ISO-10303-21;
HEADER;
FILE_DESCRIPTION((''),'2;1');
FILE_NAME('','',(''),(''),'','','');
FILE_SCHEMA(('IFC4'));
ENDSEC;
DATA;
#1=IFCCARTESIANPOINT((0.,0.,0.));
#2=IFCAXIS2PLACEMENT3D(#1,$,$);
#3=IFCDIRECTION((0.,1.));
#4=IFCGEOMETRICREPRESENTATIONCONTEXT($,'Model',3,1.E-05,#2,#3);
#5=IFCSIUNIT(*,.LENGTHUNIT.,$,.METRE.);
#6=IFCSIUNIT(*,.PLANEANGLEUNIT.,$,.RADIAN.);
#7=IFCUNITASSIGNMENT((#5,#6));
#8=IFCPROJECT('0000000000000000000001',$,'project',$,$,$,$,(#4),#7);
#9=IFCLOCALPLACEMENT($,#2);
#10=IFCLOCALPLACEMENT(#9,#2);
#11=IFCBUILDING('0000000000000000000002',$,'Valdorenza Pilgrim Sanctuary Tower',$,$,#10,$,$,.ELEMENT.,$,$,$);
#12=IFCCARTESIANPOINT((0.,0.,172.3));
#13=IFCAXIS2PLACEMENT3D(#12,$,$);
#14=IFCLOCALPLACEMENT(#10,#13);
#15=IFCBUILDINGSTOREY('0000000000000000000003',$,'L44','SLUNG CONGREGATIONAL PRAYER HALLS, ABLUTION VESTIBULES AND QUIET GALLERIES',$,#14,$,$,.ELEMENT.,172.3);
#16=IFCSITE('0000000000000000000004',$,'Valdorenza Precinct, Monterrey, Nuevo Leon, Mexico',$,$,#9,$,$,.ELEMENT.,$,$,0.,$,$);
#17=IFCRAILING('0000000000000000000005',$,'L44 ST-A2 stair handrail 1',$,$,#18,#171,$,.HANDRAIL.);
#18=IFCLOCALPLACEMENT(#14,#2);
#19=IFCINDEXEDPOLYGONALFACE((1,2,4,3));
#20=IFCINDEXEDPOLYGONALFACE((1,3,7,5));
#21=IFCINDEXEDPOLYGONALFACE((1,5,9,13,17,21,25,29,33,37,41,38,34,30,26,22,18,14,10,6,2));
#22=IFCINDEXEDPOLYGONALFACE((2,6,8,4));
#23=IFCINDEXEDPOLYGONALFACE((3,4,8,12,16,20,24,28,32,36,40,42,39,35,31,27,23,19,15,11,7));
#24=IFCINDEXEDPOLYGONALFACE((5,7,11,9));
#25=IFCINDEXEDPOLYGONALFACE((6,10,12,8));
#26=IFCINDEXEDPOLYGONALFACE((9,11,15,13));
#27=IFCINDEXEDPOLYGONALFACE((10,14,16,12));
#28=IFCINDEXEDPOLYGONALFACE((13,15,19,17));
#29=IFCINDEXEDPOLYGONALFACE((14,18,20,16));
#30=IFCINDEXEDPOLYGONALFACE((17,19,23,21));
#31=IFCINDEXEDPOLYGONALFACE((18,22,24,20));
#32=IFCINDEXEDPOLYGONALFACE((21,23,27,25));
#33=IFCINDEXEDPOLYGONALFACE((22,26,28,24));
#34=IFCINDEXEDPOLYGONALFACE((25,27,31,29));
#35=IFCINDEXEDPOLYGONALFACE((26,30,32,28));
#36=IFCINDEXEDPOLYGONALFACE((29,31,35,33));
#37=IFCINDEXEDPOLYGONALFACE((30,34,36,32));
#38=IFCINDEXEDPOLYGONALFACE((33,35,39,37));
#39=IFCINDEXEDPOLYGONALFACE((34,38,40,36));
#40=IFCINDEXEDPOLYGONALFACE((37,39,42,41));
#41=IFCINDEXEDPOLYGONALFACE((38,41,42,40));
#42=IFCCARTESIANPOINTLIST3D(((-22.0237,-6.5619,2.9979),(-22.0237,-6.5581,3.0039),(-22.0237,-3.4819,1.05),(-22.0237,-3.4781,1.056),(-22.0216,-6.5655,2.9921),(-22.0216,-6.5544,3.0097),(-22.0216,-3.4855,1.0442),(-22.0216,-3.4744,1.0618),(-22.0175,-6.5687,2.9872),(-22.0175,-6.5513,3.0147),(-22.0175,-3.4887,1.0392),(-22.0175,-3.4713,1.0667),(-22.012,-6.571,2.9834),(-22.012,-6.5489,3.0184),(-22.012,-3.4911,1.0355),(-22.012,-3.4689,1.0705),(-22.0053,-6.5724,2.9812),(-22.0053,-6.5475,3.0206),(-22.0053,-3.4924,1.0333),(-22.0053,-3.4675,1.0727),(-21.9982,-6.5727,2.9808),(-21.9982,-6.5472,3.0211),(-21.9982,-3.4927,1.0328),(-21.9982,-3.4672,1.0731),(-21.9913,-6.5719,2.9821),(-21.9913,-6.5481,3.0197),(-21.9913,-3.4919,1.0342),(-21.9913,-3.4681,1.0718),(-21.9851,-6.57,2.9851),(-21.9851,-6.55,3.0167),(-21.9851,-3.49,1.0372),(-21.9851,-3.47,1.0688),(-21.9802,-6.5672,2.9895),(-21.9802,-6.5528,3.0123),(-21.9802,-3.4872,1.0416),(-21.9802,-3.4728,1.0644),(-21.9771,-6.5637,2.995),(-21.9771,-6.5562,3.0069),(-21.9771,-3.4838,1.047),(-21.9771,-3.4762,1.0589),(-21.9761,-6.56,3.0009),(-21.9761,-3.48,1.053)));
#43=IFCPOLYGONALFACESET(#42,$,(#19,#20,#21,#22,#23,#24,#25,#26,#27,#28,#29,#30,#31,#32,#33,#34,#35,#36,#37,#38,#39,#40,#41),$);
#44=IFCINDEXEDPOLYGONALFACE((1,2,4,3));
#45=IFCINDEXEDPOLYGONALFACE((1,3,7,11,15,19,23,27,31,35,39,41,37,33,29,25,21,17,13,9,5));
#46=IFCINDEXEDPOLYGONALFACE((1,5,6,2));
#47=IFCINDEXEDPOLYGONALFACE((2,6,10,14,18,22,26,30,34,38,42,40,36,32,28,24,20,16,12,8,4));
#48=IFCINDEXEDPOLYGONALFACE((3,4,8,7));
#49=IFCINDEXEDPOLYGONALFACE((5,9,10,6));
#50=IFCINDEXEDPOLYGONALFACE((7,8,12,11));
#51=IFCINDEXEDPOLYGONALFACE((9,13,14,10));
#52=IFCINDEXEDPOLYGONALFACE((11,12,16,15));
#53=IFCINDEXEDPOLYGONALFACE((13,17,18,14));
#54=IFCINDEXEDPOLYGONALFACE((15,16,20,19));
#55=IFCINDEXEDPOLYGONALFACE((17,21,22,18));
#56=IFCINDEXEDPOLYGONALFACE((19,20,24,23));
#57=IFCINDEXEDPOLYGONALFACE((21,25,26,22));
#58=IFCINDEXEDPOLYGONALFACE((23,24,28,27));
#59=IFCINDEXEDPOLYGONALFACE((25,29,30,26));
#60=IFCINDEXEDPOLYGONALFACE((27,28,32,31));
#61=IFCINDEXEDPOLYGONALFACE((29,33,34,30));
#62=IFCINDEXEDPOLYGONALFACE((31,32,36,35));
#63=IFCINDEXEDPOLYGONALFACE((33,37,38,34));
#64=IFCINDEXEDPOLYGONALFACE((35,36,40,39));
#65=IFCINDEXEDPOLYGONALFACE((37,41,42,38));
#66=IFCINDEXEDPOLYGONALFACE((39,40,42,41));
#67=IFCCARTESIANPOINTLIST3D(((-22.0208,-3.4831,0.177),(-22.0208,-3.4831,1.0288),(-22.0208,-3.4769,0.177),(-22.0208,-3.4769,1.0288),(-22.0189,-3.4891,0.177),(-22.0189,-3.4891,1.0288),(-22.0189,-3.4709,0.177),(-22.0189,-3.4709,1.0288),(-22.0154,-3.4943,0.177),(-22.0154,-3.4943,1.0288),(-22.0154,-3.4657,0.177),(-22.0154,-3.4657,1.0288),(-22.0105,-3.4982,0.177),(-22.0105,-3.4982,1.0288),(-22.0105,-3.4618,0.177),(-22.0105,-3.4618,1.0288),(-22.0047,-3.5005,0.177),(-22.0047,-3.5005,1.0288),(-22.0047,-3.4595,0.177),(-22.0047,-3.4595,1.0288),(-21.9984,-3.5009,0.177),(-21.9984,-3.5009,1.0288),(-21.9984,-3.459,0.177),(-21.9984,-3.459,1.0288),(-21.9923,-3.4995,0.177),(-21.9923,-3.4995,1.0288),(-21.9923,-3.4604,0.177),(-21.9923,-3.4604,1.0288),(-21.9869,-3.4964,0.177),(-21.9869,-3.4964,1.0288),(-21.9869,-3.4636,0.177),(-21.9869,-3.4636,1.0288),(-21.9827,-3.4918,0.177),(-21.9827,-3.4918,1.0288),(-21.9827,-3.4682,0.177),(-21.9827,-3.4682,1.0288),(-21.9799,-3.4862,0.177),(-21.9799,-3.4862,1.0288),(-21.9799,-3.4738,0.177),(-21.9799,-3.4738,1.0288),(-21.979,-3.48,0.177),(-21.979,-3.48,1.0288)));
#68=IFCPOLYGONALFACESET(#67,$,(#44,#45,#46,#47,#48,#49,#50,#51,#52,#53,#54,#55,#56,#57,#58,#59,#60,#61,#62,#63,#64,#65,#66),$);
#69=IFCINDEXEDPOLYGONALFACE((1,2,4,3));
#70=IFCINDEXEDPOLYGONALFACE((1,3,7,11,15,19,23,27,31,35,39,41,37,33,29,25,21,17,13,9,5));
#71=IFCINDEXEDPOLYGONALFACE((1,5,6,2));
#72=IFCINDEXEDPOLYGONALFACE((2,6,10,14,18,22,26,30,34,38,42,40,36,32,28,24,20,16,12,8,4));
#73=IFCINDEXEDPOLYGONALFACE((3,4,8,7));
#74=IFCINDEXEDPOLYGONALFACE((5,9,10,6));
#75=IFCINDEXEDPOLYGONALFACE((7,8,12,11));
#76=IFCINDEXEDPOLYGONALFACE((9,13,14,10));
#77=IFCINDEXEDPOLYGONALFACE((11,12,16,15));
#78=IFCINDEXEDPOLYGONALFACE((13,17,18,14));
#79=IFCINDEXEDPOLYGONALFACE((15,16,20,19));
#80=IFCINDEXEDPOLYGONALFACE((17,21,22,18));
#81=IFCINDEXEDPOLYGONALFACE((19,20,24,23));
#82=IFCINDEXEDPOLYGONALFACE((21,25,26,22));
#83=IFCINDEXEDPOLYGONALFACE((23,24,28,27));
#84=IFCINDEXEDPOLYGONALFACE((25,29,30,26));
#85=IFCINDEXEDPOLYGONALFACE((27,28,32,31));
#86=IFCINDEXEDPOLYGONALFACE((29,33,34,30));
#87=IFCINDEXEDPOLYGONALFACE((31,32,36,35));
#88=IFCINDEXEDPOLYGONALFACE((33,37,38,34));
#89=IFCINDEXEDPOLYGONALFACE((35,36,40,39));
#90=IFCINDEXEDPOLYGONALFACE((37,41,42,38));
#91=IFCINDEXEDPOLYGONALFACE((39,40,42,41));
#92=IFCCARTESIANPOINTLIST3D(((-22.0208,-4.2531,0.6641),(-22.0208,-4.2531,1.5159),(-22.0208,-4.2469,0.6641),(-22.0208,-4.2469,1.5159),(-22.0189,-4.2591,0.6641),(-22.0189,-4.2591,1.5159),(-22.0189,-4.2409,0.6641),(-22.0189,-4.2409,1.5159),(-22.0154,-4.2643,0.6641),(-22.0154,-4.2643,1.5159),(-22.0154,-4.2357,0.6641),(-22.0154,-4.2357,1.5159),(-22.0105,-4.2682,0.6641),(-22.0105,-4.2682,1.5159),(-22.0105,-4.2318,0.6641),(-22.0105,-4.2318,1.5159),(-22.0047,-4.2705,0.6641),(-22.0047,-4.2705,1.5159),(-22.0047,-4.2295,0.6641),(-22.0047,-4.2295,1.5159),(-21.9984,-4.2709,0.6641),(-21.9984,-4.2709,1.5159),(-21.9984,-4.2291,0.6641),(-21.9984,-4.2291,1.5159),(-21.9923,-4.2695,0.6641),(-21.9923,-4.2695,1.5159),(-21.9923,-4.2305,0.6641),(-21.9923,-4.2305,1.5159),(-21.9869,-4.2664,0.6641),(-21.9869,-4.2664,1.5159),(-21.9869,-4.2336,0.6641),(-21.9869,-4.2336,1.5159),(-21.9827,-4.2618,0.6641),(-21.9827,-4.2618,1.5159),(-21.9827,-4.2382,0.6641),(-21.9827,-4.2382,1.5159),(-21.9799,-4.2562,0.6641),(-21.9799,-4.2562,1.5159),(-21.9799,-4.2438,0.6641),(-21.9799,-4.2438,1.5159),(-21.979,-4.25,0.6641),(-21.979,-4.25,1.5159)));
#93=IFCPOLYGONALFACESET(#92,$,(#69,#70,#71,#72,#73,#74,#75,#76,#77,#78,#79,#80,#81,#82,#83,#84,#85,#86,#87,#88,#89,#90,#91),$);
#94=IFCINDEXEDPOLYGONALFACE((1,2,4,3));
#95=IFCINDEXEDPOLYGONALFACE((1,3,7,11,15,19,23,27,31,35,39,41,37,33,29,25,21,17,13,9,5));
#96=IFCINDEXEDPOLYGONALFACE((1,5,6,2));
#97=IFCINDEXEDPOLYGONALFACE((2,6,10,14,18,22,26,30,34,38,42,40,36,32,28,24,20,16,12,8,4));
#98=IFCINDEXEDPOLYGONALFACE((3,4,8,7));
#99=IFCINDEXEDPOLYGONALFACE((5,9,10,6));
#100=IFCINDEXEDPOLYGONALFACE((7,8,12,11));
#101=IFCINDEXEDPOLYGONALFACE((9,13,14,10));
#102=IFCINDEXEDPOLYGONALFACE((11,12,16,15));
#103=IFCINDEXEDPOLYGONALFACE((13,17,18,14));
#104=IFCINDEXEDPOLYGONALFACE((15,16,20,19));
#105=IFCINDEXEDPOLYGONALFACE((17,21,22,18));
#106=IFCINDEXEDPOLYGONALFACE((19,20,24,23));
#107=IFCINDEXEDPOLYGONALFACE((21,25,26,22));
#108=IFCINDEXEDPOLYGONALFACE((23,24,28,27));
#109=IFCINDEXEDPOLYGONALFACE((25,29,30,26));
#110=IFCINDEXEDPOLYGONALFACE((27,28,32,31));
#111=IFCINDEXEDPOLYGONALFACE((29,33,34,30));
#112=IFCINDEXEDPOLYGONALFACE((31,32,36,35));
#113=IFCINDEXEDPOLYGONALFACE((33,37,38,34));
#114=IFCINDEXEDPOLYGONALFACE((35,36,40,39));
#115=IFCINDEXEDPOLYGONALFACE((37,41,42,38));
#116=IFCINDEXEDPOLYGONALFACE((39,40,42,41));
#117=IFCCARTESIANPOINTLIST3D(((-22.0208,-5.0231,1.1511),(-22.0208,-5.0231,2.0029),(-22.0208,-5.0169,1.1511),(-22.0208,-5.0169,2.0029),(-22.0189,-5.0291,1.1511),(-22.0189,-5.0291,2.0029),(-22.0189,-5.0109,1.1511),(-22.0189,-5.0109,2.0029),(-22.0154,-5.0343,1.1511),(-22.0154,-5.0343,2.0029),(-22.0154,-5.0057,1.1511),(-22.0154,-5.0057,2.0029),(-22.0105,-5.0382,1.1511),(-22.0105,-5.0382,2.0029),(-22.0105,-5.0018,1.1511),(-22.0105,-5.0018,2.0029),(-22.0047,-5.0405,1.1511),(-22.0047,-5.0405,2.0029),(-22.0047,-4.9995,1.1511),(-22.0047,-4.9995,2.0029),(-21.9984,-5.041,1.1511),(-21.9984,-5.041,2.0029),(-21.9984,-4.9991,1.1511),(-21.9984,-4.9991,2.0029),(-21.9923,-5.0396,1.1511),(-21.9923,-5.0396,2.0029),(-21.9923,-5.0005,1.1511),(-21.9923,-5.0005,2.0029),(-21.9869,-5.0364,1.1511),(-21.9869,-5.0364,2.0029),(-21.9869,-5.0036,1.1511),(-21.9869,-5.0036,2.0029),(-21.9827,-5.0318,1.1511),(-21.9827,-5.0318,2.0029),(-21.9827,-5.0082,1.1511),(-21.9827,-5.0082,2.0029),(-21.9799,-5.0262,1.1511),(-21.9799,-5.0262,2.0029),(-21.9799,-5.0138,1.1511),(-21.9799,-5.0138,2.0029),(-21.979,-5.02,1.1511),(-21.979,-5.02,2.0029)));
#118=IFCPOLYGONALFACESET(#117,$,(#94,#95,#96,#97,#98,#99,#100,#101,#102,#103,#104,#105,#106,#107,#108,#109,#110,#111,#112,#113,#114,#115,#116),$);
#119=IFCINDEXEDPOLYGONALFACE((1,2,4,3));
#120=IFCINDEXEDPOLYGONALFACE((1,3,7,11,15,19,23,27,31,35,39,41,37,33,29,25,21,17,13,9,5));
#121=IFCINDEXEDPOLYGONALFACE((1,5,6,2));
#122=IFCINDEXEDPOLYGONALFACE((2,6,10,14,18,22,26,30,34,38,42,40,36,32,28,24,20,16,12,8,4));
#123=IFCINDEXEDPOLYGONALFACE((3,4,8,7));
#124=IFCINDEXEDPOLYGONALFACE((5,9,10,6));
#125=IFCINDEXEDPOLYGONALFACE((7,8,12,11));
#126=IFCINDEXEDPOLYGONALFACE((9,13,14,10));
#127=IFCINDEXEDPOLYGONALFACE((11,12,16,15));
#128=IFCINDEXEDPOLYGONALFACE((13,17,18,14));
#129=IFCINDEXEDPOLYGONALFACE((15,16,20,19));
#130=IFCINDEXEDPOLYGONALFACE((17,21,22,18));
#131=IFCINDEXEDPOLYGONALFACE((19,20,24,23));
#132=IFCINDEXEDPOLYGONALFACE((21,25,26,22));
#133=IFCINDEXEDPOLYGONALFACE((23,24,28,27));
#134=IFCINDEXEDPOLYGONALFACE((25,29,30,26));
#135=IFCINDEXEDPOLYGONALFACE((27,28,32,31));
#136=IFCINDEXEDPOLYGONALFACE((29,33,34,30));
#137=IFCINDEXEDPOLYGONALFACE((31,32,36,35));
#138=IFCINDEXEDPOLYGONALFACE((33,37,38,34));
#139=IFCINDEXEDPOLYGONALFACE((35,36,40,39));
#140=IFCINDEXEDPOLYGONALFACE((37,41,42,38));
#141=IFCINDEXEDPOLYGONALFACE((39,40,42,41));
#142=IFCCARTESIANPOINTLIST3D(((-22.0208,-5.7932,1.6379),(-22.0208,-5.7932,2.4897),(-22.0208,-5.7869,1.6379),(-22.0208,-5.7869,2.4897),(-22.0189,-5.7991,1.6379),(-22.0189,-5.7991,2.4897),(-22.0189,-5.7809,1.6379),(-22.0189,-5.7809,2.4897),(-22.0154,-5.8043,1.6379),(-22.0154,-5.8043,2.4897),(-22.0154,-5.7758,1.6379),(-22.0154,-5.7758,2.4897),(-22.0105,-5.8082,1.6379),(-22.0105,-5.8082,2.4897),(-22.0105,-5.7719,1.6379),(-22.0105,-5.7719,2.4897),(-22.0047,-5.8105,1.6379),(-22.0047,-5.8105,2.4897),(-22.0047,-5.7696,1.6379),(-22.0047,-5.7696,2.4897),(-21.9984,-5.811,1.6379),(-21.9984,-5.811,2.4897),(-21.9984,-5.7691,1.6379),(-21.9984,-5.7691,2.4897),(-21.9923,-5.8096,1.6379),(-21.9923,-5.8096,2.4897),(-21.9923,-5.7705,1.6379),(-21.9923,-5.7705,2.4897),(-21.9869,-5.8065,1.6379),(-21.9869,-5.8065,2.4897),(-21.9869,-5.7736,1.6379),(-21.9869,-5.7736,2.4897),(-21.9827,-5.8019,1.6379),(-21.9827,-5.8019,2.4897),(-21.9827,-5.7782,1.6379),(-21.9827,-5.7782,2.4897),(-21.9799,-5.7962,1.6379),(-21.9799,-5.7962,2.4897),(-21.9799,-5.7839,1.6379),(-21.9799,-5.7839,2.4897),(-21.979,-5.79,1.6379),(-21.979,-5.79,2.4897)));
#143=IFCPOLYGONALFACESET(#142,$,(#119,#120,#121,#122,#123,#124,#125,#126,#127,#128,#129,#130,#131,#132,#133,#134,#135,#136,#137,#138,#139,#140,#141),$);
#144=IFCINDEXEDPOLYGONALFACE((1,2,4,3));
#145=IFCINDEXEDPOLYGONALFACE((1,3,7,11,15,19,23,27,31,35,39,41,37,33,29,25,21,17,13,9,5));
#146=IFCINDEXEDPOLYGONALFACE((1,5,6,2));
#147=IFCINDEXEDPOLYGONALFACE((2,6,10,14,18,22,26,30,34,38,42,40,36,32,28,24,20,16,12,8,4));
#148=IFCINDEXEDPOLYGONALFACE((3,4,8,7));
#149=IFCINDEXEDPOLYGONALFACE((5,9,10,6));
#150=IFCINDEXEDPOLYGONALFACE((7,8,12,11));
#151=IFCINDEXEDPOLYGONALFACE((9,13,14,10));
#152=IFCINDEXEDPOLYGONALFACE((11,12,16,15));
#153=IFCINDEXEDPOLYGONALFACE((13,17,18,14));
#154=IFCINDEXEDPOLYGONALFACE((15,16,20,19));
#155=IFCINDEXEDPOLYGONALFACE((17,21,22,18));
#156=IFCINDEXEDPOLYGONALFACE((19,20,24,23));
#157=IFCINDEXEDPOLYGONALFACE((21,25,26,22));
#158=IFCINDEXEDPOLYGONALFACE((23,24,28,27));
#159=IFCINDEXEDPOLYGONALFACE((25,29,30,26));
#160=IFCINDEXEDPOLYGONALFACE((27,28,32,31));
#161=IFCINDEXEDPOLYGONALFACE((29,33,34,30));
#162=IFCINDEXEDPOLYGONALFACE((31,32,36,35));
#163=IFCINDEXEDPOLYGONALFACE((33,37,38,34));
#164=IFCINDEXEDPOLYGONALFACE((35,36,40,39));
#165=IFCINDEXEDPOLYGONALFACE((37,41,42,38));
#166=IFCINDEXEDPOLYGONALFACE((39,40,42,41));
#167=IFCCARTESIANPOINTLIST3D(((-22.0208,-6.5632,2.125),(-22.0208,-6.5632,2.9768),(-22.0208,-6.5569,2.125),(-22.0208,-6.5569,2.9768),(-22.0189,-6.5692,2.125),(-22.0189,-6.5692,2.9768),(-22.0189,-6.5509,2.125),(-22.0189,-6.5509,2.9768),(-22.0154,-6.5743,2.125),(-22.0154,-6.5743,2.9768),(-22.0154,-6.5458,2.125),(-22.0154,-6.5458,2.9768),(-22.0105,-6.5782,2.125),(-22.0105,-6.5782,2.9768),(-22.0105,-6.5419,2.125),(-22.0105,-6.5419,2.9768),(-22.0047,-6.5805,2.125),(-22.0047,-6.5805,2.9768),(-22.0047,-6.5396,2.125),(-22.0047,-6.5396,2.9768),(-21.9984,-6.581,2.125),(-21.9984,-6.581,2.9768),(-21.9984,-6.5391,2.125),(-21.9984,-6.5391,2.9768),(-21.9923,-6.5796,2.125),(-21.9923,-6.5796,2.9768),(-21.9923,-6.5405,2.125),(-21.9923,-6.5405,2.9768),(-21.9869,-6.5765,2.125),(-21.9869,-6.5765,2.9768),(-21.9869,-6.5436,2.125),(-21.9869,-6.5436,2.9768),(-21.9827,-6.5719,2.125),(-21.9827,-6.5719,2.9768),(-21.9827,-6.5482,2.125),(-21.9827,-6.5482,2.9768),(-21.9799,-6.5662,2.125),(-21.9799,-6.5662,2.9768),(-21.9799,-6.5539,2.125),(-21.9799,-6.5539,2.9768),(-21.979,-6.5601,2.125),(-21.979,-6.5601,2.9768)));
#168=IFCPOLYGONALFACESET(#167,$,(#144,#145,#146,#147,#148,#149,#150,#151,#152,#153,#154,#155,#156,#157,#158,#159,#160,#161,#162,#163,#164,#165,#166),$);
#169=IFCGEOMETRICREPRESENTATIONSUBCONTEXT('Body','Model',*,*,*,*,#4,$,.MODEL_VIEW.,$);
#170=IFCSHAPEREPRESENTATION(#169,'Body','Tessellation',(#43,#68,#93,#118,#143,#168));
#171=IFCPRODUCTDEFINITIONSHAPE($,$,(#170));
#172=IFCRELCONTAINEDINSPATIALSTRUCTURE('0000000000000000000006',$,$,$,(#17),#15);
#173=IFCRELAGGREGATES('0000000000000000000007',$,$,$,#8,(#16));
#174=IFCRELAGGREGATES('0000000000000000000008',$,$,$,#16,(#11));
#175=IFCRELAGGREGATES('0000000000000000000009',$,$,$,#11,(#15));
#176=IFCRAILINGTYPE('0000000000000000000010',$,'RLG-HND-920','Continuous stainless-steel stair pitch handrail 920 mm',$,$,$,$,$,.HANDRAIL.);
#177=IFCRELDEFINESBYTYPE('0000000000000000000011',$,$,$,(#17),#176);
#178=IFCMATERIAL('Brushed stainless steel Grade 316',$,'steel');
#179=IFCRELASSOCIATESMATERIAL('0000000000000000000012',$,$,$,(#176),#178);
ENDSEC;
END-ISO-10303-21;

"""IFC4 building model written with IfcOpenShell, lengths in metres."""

from ifc_helpers import new_model, si_unit, direction, frame, origin, origin_2d, place, context, subcontext, project, spatial, circle, extrude, material, type_object, element, save


model = new_model("IFC4")

# Units and contexts
model_context = context("Model", 3, precision=1e-05, world=origin(), true_north=direction((0.0, 1.0)))
body_context = subcontext(model_context, "Body", "Model", "MODEL_VIEW")
ifc_project = project(units=[si_unit("LENGTHUNIT", "METRE"), si_unit("PLANEANGLEUNIT", "RADIAN")], contexts=[model_context])

# Site, building, storey
site_placement = place(None, origin())
site = spatial("IfcSite", under=ifc_project, at=site_placement, Name="Valdorenza Precinct, Monterrey, Nuevo Leon, Mexico", CompositionType="ELEMENT", RefElevation=0.0)
building_placement = place(site_placement, origin())
building = spatial("IfcBuilding", under=site, at=building_placement, Name="Valdorenza Pilgrim Sanctuary Tower", CompositionType="ELEMENT")
storey_placement = place(building_placement, frame((0.0, 0.0, 172.3)))
storey = spatial("IfcBuildingStorey", under=building, at=storey_placement, Name="L44", Description="SLUNG CONGREGATIONAL PRAYER HALLS, ABLUTION VESTIBULES AND QUIET GALLERIES", CompositionType="ELEMENT", Elevation=172.3)

# Railing
ifc_material_1 = material(Name="Brushed stainless steel Grade 316", Category="steel")
railing_type_1 = type_object("IfcRailingType", Name="RLG-HND-920", Description="Continuous stainless-steel stair pitch handrail 920 mm", PredefinedType="HANDRAIL", material=ifc_material_1)
railing_1_placement = place(storey_placement, frame((-22.0, -3.48, 0.177)))
element("IfcRailing", 1, at=railing_1_placement, inside=storey, type_object=railing_type_1, Name="L44 ST-A2 stair handrail 1", PredefinedType="HANDRAIL", context=body_context, shape_type="SweptSolid", body=[
    extrude(circle(Radius=0.0239, at=origin_2d()), frame((0.0, 0.0, 0.876), z_axis=(0.0, -0.845156, 0.53452), x_axis=(1.0, 0.0, 0.0)), (0.0, 0.0, 1.0), 3.6443),
    extrude(circle(Radius=0.021, at=origin_2d()), origin(), (0.0, 0.0, 1.0), 0.8518),
    extrude(circle(Radius=0.021, at=origin_2d()), frame((0.0, -0.77, 0.4871)), (0.0, 0.0, 1.0), 0.8518),
    extrude(circle(Radius=0.021, at=origin_2d()), frame((0.0, -1.54, 0.9741)), (0.0, 0.0, 1.0), 0.8518),
    extrude(circle(Radius=0.021, at=origin_2d()), frame((0.0, -2.3101, 1.4609)), (0.0, 0.0, 1.0), 0.8518),
    extrude(circle(Radius=0.021, at=origin_2d()), frame((0.0, -3.0801, 1.948)), (0.0, 0.0, 1.0), 0.8518),
])

save(model, "model.ifc")
